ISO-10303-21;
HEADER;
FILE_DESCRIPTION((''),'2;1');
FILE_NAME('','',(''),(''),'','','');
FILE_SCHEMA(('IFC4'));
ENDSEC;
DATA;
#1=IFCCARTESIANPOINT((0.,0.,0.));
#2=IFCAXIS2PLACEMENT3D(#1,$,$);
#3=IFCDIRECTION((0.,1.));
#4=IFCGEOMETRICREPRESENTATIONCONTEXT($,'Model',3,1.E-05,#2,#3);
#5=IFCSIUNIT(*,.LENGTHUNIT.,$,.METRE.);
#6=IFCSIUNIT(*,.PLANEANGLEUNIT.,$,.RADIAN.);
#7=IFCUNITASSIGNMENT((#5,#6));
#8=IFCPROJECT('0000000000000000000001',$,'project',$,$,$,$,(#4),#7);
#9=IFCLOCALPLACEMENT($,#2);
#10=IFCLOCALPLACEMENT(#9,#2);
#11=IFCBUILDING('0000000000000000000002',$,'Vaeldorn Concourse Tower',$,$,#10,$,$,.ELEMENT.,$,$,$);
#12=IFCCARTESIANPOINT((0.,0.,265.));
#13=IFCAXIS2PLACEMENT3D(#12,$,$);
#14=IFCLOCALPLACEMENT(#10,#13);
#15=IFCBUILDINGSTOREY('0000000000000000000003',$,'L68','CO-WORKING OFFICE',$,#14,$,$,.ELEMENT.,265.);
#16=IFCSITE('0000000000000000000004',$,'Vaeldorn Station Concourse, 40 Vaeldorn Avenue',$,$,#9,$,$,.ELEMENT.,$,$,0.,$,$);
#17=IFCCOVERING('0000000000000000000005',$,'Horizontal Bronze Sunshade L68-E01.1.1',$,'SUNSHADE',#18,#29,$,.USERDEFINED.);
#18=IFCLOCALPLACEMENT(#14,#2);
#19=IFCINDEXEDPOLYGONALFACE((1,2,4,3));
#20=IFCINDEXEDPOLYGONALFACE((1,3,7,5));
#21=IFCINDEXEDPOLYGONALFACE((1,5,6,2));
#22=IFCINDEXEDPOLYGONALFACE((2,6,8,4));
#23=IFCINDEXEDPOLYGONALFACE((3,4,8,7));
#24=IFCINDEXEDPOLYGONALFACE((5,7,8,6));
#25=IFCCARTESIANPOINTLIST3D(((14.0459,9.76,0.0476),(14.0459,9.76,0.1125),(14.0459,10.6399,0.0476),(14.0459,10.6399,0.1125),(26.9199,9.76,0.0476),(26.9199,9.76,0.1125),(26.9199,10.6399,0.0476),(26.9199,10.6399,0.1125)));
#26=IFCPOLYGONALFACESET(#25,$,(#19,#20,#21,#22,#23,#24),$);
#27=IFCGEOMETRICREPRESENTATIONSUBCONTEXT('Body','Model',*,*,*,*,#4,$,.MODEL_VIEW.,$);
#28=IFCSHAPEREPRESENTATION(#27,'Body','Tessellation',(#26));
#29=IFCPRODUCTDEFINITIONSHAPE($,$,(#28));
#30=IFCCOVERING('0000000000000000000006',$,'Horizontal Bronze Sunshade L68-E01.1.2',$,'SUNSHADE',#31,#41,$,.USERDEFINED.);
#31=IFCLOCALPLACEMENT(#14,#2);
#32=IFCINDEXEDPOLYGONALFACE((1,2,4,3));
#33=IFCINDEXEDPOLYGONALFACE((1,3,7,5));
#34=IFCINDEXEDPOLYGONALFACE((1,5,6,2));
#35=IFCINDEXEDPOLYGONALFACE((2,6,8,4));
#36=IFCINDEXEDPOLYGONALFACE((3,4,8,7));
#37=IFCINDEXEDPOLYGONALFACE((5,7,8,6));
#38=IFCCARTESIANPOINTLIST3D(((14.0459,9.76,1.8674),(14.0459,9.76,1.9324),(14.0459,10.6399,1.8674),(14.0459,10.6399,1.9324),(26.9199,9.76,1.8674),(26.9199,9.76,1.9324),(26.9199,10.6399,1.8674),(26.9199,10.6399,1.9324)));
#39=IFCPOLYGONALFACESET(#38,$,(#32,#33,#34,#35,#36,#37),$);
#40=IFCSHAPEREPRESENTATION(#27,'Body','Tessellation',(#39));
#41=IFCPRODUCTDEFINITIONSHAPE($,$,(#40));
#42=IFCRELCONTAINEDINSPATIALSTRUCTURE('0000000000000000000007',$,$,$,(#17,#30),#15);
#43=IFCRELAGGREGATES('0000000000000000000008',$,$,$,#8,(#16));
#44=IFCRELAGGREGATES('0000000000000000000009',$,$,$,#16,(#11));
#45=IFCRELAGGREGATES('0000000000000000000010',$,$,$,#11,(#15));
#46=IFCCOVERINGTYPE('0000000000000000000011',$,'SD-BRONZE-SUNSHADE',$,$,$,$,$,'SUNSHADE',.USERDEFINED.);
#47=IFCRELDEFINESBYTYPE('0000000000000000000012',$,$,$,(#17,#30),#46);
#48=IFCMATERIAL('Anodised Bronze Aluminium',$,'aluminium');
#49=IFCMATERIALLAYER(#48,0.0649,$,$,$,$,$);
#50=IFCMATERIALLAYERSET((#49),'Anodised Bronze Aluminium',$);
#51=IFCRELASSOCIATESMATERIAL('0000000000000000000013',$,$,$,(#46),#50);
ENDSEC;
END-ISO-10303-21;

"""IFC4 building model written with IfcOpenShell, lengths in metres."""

from ifc_helpers import new_model, si_unit, direction, frame, origin, origin_2d, place, context, subcontext, project, spatial, rectangle, extrude, source, transform, mapped, material, layer, layer_set, type_object, element, save


model = new_model("IFC4")

# Units and contexts
model_context = context("Model", 3, precision=1e-05, world=origin(), true_north=direction((0.0, 1.0)))
body_context = subcontext(model_context, "Body", "Model", "MODEL_VIEW")
ifc_project = project(units=[si_unit("LENGTHUNIT", "METRE"), si_unit("PLANEANGLEUNIT", "RADIAN")], contexts=[model_context])

# Site, building, storey
site_placement = place(None, origin())
site = spatial("IfcSite", under=ifc_project, at=site_placement, Name="Vaeldorn Station Concourse, 40 Vaeldorn Avenue", CompositionType="ELEMENT", RefElevation=0.0)
building_placement = place(site_placement, origin())
building = spatial("IfcBuilding", under=site, at=building_placement, Name="Vaeldorn Concourse Tower", CompositionType="ELEMENT")
storey_placement = place(building_placement, frame((0.0, 0.0, 265.0)))
storey = spatial("IfcBuildingStorey", under=building, at=storey_placement, Name="L68", Description="CO-WORKING OFFICE", CompositionType="ELEMENT", Elevation=265.0)

# Shared definitions
ifc_material_1 = material(Name="Anodised Bronze Aluminium", Category="aluminium")

# Coverings
ifc_layer_1 = layer(ifc_material_1, 0.0649)
ifc_layer_set_1 = layer_set([ifc_layer_1], Name="Anodised Bronze Aluminium")
covering_type = type_object("IfcCoveringType", Name="SD-BRONZE-SUNSHADE", ElementType="SUNSHADE", PredefinedType="USERDEFINED", material=ifc_layer_set_1)
shared_shape_1 = source(origin(), body_context, "Body", "SweptSolid", [
    extrude(rectangle(XDim=12.874, YDim=0.8799, at=origin_2d()), origin(), (0.0, 0.0, 1.0), 0.0649),
])
for number, where, z_axis, x_axis, name in (
    (1, (20.4829, 10.2, 0.0476), (0.0, 0.0, 1.0), (1.0, 0.0, 0.0), "Horizontal Bronze Sunshade L68-E01.1.1"),
    (2, (20.4829, 10.2, 1.8674), (0.0, 0.0, 1.0), (1.0, 0.0, 0.0), "Horizontal Bronze Sunshade L68-E01.1.2"),
):
    element("IfcCovering", number, at=place(storey_placement, frame(where, z_axis=z_axis, x_axis=x_axis)), inside=storey, type_object=covering_type, Name=name, ObjectType="SUNSHADE", PredefinedType="USERDEFINED", context=body_context, shape_type="MappedRepresentation", body=[
        mapped(shared_shape_1, transform((0.0, 0.0, 0.0), scale=1.0)),
    ])

save(model, "model.ifc")
